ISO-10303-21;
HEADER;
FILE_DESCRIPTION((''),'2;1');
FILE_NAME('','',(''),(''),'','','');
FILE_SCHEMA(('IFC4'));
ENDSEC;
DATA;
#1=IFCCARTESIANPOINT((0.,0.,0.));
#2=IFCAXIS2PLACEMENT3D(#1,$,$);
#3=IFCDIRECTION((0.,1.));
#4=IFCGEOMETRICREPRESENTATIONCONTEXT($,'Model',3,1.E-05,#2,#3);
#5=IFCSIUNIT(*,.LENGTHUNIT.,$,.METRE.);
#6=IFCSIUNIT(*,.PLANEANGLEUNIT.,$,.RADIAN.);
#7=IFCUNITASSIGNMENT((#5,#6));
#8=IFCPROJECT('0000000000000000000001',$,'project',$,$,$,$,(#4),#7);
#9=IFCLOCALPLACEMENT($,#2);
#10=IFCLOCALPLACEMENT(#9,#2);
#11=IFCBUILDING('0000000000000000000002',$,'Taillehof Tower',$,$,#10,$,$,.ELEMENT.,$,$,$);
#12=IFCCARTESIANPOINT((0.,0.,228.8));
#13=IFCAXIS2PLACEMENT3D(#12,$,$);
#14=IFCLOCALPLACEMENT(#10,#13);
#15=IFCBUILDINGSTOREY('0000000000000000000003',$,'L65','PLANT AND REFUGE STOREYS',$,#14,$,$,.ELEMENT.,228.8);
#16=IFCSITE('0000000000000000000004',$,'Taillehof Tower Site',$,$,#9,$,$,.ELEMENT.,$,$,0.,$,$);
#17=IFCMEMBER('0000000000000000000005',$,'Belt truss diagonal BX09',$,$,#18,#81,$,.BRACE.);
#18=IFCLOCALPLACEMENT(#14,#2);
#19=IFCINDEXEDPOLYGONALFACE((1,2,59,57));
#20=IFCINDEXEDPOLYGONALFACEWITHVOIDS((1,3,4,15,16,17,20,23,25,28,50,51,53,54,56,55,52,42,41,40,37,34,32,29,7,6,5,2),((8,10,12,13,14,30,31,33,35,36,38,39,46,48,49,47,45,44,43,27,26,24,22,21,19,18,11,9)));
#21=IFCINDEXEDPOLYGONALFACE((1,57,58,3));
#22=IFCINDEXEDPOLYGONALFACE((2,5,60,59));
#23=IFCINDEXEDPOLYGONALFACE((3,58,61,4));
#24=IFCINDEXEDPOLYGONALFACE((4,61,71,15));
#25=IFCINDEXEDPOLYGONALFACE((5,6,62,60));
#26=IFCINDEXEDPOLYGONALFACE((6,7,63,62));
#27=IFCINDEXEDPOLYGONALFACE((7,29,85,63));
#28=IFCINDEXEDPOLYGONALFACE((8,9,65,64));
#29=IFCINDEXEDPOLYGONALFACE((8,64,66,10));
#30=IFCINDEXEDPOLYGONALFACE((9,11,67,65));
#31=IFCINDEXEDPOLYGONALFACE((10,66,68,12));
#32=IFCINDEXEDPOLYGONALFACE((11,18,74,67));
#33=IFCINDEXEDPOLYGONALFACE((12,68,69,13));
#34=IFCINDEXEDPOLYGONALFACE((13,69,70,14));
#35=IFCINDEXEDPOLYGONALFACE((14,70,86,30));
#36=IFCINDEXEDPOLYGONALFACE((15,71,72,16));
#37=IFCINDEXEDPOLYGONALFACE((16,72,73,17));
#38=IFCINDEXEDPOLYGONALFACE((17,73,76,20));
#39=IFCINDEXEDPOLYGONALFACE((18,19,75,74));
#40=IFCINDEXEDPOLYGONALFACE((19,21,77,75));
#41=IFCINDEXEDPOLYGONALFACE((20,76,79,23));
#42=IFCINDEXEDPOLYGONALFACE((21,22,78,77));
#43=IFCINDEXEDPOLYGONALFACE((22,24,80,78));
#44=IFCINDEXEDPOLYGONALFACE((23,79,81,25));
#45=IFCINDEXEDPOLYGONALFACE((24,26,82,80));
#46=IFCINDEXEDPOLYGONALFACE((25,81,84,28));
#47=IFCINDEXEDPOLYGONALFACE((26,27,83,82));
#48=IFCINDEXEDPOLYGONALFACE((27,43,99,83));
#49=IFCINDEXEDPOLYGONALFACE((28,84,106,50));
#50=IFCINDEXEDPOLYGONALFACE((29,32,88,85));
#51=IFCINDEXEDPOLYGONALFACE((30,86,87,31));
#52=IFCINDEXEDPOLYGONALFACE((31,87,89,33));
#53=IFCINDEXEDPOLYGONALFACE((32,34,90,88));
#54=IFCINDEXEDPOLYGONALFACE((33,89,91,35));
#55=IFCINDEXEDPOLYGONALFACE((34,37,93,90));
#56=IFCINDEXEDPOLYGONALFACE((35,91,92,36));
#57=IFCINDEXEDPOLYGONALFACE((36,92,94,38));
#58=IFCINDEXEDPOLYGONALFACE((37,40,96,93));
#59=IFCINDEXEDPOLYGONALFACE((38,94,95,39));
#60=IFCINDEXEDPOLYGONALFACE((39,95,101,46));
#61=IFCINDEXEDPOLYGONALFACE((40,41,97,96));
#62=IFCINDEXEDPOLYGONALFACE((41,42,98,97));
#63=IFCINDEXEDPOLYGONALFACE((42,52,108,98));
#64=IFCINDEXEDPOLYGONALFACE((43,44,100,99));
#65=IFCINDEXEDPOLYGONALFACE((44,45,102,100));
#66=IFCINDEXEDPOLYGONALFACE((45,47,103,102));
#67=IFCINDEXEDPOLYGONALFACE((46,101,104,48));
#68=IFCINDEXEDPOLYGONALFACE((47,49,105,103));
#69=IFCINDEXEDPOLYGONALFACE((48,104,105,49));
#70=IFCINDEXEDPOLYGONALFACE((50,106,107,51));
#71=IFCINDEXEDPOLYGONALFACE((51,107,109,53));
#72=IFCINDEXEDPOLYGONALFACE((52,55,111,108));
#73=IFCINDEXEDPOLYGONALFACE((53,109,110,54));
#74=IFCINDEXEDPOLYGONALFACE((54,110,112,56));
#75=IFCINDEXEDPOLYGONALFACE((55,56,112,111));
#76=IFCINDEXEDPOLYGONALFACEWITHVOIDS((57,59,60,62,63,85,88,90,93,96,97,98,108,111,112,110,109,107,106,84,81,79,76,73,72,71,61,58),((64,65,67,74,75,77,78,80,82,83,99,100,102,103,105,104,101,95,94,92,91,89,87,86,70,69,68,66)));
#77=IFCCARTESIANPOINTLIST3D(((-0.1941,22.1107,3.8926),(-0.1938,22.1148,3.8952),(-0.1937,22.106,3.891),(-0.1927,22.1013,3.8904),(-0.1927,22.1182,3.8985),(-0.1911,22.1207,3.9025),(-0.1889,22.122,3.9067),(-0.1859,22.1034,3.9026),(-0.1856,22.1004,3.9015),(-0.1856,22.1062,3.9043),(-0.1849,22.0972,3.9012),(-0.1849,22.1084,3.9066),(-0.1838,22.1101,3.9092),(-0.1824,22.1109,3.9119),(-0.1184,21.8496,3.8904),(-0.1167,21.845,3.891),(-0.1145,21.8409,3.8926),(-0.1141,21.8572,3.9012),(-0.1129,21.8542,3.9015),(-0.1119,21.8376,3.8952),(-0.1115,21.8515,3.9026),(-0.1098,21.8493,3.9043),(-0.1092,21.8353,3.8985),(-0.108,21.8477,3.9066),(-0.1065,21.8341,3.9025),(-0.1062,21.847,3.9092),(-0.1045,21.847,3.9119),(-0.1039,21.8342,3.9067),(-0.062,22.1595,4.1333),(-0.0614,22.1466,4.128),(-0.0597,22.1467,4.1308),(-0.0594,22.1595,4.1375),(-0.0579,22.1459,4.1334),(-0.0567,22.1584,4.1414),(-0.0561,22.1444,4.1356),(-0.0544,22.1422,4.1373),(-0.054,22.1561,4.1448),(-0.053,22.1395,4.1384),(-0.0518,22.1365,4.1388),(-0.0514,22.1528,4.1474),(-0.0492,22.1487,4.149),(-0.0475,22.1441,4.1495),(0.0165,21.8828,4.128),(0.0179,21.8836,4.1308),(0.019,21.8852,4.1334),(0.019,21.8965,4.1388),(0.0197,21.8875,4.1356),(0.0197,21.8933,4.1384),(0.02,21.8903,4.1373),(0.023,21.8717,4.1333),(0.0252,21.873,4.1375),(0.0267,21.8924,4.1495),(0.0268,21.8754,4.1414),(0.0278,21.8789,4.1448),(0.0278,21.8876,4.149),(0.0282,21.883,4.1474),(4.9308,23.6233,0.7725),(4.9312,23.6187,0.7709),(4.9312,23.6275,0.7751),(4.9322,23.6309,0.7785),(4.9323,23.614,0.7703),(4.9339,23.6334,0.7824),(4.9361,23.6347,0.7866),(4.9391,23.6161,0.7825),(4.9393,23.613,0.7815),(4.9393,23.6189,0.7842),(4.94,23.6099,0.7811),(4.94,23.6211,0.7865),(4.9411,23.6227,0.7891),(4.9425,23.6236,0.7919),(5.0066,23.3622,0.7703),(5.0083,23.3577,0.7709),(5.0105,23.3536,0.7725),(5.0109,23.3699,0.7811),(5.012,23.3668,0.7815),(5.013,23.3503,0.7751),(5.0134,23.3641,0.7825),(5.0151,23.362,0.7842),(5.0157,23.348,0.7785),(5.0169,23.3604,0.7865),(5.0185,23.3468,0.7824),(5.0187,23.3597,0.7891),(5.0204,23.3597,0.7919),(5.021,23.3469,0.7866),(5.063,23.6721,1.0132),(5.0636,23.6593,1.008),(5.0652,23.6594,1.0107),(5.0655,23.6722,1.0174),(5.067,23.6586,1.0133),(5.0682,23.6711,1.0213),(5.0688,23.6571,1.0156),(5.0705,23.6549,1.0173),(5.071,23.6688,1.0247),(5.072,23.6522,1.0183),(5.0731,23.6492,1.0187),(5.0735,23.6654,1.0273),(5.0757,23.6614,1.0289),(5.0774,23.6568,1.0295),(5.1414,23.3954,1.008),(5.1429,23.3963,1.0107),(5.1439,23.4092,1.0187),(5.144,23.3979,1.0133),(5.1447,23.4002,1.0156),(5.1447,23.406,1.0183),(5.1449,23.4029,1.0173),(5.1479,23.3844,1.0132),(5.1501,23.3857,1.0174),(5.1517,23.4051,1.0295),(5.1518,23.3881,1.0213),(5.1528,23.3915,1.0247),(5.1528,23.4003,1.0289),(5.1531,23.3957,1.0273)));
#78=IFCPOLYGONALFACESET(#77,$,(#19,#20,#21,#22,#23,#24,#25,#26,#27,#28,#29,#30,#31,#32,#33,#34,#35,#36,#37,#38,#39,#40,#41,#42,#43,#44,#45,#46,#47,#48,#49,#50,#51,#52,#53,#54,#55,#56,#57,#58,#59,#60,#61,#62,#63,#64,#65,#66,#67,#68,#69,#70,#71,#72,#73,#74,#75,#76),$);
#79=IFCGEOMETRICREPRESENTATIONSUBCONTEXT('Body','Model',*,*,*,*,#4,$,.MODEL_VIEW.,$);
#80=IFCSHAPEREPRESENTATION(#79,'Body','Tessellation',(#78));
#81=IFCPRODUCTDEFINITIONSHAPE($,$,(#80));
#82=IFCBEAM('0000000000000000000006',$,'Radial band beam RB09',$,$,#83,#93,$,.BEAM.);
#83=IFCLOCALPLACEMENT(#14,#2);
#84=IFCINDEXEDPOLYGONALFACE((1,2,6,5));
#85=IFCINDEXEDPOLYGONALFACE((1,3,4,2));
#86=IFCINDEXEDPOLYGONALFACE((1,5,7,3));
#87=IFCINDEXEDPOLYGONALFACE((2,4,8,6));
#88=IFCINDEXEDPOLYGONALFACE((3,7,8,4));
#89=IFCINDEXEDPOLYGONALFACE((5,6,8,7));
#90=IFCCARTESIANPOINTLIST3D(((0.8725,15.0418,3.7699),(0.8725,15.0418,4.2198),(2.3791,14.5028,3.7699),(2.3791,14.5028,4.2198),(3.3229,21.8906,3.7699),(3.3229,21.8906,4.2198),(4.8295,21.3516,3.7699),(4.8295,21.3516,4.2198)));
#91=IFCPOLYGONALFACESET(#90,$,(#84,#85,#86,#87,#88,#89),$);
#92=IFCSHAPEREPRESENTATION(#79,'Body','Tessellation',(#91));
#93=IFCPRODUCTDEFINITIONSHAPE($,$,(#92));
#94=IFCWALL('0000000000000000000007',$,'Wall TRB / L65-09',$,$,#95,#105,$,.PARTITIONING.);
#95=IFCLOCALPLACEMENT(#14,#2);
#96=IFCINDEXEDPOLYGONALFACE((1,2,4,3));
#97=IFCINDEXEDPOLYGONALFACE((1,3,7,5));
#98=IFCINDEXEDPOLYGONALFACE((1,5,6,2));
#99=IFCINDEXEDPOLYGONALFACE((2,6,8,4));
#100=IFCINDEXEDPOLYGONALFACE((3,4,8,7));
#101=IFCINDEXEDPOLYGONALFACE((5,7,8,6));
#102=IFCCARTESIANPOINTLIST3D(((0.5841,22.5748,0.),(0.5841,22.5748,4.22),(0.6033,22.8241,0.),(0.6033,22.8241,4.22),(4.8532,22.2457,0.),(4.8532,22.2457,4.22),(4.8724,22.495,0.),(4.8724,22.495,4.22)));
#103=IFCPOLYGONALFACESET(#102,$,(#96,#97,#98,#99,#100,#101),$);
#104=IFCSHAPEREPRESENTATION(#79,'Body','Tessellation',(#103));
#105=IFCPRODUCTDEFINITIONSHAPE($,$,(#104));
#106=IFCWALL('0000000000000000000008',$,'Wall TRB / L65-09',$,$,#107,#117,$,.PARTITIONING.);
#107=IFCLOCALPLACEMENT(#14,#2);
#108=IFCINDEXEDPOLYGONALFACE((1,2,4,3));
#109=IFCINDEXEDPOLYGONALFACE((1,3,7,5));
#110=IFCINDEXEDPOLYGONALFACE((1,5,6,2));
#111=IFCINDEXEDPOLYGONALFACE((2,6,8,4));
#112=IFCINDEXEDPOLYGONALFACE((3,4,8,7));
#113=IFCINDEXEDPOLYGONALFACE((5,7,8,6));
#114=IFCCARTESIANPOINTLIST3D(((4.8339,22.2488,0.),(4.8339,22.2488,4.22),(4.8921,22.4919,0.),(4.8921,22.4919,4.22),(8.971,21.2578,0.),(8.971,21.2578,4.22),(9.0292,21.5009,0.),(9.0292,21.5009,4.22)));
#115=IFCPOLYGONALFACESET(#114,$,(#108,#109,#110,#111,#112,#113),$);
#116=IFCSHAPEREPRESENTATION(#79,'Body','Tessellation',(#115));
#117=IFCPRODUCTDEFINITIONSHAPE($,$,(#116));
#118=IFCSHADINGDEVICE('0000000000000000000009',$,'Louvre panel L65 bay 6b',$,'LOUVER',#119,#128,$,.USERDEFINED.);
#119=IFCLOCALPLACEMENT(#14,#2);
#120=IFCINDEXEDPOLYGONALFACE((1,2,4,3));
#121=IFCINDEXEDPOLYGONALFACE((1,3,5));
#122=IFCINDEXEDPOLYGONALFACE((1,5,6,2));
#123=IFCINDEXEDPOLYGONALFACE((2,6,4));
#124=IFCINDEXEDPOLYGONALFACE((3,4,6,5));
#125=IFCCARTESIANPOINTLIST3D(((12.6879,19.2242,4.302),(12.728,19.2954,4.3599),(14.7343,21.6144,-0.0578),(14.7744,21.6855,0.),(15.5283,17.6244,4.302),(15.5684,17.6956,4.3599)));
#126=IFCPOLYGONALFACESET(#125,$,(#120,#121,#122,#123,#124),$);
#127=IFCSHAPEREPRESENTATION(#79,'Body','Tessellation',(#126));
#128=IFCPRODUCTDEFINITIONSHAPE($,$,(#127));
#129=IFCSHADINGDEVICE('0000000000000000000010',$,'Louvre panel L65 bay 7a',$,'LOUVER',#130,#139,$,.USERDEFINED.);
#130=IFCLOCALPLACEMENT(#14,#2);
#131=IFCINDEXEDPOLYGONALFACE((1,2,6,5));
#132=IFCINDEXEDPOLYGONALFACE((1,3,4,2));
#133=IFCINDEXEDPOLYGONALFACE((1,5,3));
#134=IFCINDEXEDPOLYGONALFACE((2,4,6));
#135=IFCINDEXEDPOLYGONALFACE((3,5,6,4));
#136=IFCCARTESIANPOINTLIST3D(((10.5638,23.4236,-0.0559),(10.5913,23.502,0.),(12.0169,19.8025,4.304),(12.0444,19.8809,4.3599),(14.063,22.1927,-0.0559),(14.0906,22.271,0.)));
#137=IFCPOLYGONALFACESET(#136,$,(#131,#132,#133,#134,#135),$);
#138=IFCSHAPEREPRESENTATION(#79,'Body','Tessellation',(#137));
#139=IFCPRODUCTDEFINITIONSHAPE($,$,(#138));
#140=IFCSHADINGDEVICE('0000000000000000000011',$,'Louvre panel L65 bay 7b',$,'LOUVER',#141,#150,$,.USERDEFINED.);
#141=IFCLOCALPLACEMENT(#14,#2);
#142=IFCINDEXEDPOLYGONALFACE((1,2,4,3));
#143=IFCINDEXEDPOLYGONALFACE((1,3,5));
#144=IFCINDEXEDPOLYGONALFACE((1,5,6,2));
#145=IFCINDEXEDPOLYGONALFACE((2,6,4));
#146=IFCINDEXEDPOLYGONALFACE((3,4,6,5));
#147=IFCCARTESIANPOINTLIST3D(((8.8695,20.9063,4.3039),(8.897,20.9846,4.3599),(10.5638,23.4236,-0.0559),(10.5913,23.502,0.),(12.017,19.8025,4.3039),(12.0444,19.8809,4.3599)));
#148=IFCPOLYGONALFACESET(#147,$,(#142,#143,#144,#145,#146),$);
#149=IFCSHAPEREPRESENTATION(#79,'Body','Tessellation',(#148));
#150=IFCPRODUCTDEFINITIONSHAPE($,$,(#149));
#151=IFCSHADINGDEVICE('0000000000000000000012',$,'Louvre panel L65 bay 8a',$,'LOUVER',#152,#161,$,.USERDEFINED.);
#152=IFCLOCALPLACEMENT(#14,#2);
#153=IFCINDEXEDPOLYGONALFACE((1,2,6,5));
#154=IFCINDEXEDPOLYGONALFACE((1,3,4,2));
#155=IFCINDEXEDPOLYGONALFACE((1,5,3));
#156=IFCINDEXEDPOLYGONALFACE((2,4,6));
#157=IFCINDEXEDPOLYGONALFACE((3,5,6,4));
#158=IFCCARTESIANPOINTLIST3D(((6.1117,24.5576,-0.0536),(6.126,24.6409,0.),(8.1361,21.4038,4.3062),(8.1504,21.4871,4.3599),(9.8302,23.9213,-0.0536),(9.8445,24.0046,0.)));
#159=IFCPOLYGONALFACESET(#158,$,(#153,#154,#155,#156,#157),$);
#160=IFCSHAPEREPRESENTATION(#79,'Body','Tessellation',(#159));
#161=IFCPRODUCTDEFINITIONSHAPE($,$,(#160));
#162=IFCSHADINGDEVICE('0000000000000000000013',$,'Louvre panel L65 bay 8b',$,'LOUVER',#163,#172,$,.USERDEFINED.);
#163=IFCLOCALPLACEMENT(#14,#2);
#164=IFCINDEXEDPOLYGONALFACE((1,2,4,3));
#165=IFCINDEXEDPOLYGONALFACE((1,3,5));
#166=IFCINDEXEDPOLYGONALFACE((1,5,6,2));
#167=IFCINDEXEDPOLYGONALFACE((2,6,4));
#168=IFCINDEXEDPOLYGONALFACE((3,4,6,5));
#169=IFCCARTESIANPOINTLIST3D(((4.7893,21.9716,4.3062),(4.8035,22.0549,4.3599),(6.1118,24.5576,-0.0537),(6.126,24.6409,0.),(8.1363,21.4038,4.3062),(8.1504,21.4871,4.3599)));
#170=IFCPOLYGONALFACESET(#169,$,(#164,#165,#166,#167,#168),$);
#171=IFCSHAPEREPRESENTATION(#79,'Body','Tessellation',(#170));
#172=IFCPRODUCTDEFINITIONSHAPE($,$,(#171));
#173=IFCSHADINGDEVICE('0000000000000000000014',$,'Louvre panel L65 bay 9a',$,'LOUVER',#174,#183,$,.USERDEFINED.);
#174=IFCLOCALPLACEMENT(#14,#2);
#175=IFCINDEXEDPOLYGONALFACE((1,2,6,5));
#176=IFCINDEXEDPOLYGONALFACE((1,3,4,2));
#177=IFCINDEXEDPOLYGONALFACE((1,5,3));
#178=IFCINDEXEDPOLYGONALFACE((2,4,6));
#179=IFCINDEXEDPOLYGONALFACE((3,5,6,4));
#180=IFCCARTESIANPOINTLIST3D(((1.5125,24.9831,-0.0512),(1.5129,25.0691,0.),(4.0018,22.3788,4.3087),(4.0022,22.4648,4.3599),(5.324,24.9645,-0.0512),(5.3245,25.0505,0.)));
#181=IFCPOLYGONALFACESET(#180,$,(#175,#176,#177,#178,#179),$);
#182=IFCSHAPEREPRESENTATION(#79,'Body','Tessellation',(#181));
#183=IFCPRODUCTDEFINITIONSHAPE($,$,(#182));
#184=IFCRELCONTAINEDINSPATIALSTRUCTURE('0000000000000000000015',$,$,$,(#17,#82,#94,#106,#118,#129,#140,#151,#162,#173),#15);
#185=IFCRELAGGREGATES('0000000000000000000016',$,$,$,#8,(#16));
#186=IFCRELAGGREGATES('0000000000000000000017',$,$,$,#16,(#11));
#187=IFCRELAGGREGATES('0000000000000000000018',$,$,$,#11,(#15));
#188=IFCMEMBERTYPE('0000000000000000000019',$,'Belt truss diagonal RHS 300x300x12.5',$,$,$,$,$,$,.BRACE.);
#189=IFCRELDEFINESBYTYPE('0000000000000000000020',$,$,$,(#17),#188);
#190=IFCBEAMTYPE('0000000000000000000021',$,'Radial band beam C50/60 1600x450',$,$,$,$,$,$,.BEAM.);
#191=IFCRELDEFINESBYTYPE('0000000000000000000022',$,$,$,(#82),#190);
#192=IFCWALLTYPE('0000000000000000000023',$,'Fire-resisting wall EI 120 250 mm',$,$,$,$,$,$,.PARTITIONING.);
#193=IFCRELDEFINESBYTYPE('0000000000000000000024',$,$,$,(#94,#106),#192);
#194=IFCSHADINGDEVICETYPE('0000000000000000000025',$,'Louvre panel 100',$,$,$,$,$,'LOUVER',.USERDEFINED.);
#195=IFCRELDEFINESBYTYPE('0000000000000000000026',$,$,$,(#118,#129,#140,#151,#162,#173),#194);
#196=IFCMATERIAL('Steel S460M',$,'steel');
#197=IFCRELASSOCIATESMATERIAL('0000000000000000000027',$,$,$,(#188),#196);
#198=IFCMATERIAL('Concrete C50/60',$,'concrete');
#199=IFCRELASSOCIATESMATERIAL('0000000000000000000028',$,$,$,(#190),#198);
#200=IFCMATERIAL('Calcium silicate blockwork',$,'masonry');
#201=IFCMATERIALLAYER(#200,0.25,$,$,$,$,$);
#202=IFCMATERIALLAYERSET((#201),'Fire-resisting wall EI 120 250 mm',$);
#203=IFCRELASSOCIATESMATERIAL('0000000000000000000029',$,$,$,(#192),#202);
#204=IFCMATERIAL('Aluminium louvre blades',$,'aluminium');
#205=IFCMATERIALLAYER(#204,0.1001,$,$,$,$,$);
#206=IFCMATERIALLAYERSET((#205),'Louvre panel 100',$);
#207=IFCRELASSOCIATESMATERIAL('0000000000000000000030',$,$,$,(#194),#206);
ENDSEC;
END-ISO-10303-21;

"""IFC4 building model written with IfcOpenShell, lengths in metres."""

from ifc_helpers import new_model, si_unit, direction, frame, frame_2d, origin, origin_2d, place, context, subcontext, project, spatial, polyline, rectangle, hollow_rectangle, outline, extrude, material, layer, layer_set, material_profile, profile_set, type_object, element, save


model = new_model("IFC4")

# Units and contexts
model_context = context("Model", 3, precision=1e-05, world=origin(), true_north=direction((0.0, 1.0)))
body_context = subcontext(model_context, "Body", "Model", "MODEL_VIEW")
ifc_project = project(units=[si_unit("LENGTHUNIT", "METRE"), si_unit("PLANEANGLEUNIT", "RADIAN")], contexts=[model_context])

# Site, building, storey
site_placement = place(None, origin())
site = spatial("IfcSite", under=ifc_project, at=site_placement, Name="Taillehof Tower Site", CompositionType="ELEMENT", RefElevation=0.0)
building_placement = place(site_placement, origin())
building = spatial("IfcBuilding", under=site, at=building_placement, Name="Taillehof Tower", CompositionType="ELEMENT")
storey_placement = place(building_placement, frame((0.0, 0.0, 228.8)))
storey = spatial("IfcBuildingStorey", under=building, at=storey_placement, Name="L65", Description="PLANT AND REFUGE STOREYS", CompositionType="ELEMENT", Elevation=228.8)

# Member
ifc_material_1 = material(Name="Steel S460M", Category="steel")
ifc_material_profile_1 = material_profile(ifc_material_1, hollow_rectangle(XDim=0.3, YDim=0.3, WallThickness=0.0125, InnerFilletRadius=0.0125, OuterFilletRadius=0.0188, at=origin_2d()), Name="RHS 300x300x12.5")
ifc_profile_set_1 = profile_set([ifc_material_profile_1], Name="Steel S460M")
member_type_1 = type_object("IfcMemberType", Name="Belt truss diagonal RHS 300x300x12.5", PredefinedType="BRACE", material=ifc_profile_set_1)
member_1_placement = place(storey_placement, frame((5.042, 23.5095, 0.8999), z_axis=(-0.828241, -0.244464, 0.504236), x_axis=(0.283086, -0.959094, 0.0)))
element("IfcMember", 1, at=member_1_placement, inside=storey, type_object=member_type_1, Name="Belt truss diagonal BX09", PredefinedType="BRACE", context=body_context, shape_type="SweptSolid", body=[
    extrude(hollow_rectangle(XDim=0.3, YDim=0.3, WallThickness=0.0125, InnerFilletRadius=0.0125, OuterFilletRadius=0.0188, at=origin_2d()), origin(), (0.0, 0.0, 1.0), 6.1877),
])

# Beam
ifc_material_2 = material(Name="Concrete C50/60", Category="concrete")
ifc_material_profile_2 = material_profile(ifc_material_2, rectangle(XDim=1.6001, YDim=0.45, at=origin_2d()), Name="RC 1600x450")
ifc_profile_set_2 = profile_set([ifc_material_profile_2], Name="Concrete C50/60")
beam_type = type_object("IfcBeamType", Name="Radial band beam C50/60 1600x450", PredefinedType="BEAM", material=ifc_profile_set_2)
beam_placement = place(storey_placement, frame((4.0762, 21.6211, 3.9949), z_axis=(-0.336874, -0.94155, 0.0), x_axis=(0.94155, -0.336874, 0.0)))
element("IfcBeam", 2, at=beam_placement, inside=storey, type_object=beam_type, Name="Radial band beam RB09", PredefinedType="BEAM", context=body_context, shape_type="SweptSolid", body=[
    extrude(rectangle(XDim=1.6001, YDim=0.45, at=origin_2d()), origin(), (0.0, 0.0, 1.0), 7.2739),
])

# Walls
ifc_material_3 = material(Name="Calcium silicate blockwork", Category="masonry")
ifc_layer_1 = layer(ifc_material_3, 0.25)
ifc_layer_set_1 = layer_set([ifc_layer_1], Name="Fire-resisting wall EI 120 250 mm")
wall_type = type_object("IfcWallType", Name="Fire-resisting wall EI 120 250 mm", PredefinedType="PARTITIONING", material=ifc_layer_set_1)
wall_1_placement = place(storey_placement, frame((4.8628, 22.3704, 0.0), z_axis=(0.0, 0.0, 1.0), x_axis=(-0.997042, 0.076862, 0.0)))
element("IfcWall", 3, at=wall_1_placement, inside=storey, type_object=wall_type, Name="Wall TRB / L65-09", PredefinedType="PARTITIONING", context=body_context, shape_type="SweptSolid", body=[
    extrude(rectangle(XDim=4.2817, YDim=0.25, at=frame_2d((2.1409, 0.0))), origin(), (0.0, 0.0, 1.0), 4.22),
])
wall_2_placement = place(storey_placement, frame((9.0, 21.3794, 0.0), z_axis=(0.0, 0.0, 1.0), x_axis=(-0.972492, 0.232937, 0.0)))
element("IfcWall", 4, at=wall_2_placement, inside=storey, type_object=wall_type, Name="Wall TRB / L65-09", PredefinedType="PARTITIONING", context=body_context, shape_type="SweptSolid", body=[
    extrude(rectangle(XDim=4.2542, YDim=0.25, at=frame_2d((2.127, 0.0))), origin(), (0.0, 0.0, 1.0), 4.22),
])

# Shading devices
ifc_material_4 = material(Name="Aluminium louvre blades", Category="aluminium")
ifc_layer_2 = layer(ifc_material_4, 0.1001)
ifc_layer_set_2 = layer_set([ifc_layer_2], Name="Louvre panel 100")
shading_device_type = type_object("IfcShadingDeviceType", Name="Louvre panel 100", ElementType="LOUVER", PredefinedType="USERDEFINED", material=ifc_layer_set_2)
shading_device_1_placement = place(storey_placement, frame((14.7744, 21.6855, 0.0), z_axis=(0.400539, 0.711105, 0.577839), x_axis=(-0.380603, -0.444536, 0.810881)))
element("IfcShadingDevice", 5, at=shading_device_1_placement, inside=storey, type_object=shading_device_type, Name="Louvre panel L65 bay 6b", ObjectType="LOUVER", PredefinedType="USERDEFINED", context=body_context, shape_type="SweptSolid", body=[
    extrude(outline(polyline([(0.0, 0.0), (5.3767, 0.0), (5.0069, 3.2389), (0.0, 0.0)])), origin(), (0.0, 0.0, -1.0), 0.1001),
])
shading_device_2_placement = place(storey_placement, frame((14.0906, 22.271, 0.0), z_axis=(0.275316, 0.782648, 0.558268), x_axis=(-0.943335, 0.331842, 0.0)))
element("IfcShadingDevice", 6, at=shading_device_2_placement, inside=storey, type_object=shading_device_type, Name="Louvre panel L65 bay 7a", ObjectType="LOUVER", PredefinedType="USERDEFINED", context=body_context, shape_type="SweptSolid", body=[
    extrude(outline(polyline([(0.0, 0.0), (3.7095, 0.0), (1.137, 5.255), (0.0, 0.0)])), origin(), (0.0, 0.0, -1.0), 0.1001),
])
shading_device_3_placement = place(storey_placement, frame((10.5913, 23.502, 0.0), z_axis=(0.274482, 0.782707, 0.558596), x_axis=(-0.318971, -0.473906, 0.820775)))
element("IfcShadingDevice", 7, at=shading_device_3_placement, inside=storey, type_object=shading_device_type, Name="Louvre panel L65 bay 7b", ObjectType="LOUVER", PredefinedType="USERDEFINED", context=body_context, shape_type="SweptSolid", body=[
    extrude(outline(polyline([(0.0, 0.0), (5.3119, 0.0), (4.831, 3.3005), (0.0, 0.0)])), origin(), (0.0, 0.0, -1.0), 0.1001),
])
shading_device_4_placement = place(storey_placement, frame((9.8445, 24.0046, 0.0), z_axis=(0.142388, 0.832202, 0.535878), x_axis=(-0.985676, 0.168648, 0.0)))
element("IfcShadingDevice", 8, at=shading_device_4_placement, inside=storey, type_object=shading_device_type, Name="Louvre panel L65 bay 8a", ObjectType="LOUVER", PredefinedType="USERDEFINED", context=body_context, shape_type="SweptSolid", body=[
    extrude(outline(polyline([(0.0, 0.0), (3.7725, 0.0), (1.2452, 5.1639), (0.0, 0.0)])), origin(), (0.0, 0.0, -1.0), 0.1001),
])
shading_device_5_placement = place(storey_placement, frame((6.126, 24.6409, 0.0), z_axis=(0.141181, 0.832096, 0.536361), x_axis=(-0.252448, -0.493617, 0.832233)))
element("IfcShadingDevice", 9, at=shading_device_5_placement, inside=storey, type_object=shading_device_type, Name="Louvre panel L65 bay 8b", ObjectType="LOUVER", PredefinedType="USERDEFINED", context=body_context, shape_type="SweptSolid", body=[
    extrude(outline(polyline([(0.0, 0.0), (5.2388, 0.0), (4.6741, 3.3475), (0.0, 0.0)])), origin(), (0.0, 0.0, -1.0), 0.1001),
])
shading_device_6_placement = place(storey_placement, frame((5.3245, 25.0505, 0.0), z_axis=(0.004184, 0.859547, 0.511039), x_axis=(-0.999988, 0.004868, 0.0)))
element("IfcShadingDevice", 10, at=shading_device_6_placement, inside=storey, type_object=shading_device_type, Name="Louvre panel L65 bay 9a", ObjectType="LOUVER", PredefinedType="USERDEFINED", context=body_context, shape_type="SweptSolid", body=[
    extrude(outline(polyline([(0.0, 0.0), (3.8116, 0.0), (1.3097, 5.0722), (0.0, 0.0)])), origin(), (0.0, 0.0, -1.0), 0.1001),
])

save(model, "model.ifc")
